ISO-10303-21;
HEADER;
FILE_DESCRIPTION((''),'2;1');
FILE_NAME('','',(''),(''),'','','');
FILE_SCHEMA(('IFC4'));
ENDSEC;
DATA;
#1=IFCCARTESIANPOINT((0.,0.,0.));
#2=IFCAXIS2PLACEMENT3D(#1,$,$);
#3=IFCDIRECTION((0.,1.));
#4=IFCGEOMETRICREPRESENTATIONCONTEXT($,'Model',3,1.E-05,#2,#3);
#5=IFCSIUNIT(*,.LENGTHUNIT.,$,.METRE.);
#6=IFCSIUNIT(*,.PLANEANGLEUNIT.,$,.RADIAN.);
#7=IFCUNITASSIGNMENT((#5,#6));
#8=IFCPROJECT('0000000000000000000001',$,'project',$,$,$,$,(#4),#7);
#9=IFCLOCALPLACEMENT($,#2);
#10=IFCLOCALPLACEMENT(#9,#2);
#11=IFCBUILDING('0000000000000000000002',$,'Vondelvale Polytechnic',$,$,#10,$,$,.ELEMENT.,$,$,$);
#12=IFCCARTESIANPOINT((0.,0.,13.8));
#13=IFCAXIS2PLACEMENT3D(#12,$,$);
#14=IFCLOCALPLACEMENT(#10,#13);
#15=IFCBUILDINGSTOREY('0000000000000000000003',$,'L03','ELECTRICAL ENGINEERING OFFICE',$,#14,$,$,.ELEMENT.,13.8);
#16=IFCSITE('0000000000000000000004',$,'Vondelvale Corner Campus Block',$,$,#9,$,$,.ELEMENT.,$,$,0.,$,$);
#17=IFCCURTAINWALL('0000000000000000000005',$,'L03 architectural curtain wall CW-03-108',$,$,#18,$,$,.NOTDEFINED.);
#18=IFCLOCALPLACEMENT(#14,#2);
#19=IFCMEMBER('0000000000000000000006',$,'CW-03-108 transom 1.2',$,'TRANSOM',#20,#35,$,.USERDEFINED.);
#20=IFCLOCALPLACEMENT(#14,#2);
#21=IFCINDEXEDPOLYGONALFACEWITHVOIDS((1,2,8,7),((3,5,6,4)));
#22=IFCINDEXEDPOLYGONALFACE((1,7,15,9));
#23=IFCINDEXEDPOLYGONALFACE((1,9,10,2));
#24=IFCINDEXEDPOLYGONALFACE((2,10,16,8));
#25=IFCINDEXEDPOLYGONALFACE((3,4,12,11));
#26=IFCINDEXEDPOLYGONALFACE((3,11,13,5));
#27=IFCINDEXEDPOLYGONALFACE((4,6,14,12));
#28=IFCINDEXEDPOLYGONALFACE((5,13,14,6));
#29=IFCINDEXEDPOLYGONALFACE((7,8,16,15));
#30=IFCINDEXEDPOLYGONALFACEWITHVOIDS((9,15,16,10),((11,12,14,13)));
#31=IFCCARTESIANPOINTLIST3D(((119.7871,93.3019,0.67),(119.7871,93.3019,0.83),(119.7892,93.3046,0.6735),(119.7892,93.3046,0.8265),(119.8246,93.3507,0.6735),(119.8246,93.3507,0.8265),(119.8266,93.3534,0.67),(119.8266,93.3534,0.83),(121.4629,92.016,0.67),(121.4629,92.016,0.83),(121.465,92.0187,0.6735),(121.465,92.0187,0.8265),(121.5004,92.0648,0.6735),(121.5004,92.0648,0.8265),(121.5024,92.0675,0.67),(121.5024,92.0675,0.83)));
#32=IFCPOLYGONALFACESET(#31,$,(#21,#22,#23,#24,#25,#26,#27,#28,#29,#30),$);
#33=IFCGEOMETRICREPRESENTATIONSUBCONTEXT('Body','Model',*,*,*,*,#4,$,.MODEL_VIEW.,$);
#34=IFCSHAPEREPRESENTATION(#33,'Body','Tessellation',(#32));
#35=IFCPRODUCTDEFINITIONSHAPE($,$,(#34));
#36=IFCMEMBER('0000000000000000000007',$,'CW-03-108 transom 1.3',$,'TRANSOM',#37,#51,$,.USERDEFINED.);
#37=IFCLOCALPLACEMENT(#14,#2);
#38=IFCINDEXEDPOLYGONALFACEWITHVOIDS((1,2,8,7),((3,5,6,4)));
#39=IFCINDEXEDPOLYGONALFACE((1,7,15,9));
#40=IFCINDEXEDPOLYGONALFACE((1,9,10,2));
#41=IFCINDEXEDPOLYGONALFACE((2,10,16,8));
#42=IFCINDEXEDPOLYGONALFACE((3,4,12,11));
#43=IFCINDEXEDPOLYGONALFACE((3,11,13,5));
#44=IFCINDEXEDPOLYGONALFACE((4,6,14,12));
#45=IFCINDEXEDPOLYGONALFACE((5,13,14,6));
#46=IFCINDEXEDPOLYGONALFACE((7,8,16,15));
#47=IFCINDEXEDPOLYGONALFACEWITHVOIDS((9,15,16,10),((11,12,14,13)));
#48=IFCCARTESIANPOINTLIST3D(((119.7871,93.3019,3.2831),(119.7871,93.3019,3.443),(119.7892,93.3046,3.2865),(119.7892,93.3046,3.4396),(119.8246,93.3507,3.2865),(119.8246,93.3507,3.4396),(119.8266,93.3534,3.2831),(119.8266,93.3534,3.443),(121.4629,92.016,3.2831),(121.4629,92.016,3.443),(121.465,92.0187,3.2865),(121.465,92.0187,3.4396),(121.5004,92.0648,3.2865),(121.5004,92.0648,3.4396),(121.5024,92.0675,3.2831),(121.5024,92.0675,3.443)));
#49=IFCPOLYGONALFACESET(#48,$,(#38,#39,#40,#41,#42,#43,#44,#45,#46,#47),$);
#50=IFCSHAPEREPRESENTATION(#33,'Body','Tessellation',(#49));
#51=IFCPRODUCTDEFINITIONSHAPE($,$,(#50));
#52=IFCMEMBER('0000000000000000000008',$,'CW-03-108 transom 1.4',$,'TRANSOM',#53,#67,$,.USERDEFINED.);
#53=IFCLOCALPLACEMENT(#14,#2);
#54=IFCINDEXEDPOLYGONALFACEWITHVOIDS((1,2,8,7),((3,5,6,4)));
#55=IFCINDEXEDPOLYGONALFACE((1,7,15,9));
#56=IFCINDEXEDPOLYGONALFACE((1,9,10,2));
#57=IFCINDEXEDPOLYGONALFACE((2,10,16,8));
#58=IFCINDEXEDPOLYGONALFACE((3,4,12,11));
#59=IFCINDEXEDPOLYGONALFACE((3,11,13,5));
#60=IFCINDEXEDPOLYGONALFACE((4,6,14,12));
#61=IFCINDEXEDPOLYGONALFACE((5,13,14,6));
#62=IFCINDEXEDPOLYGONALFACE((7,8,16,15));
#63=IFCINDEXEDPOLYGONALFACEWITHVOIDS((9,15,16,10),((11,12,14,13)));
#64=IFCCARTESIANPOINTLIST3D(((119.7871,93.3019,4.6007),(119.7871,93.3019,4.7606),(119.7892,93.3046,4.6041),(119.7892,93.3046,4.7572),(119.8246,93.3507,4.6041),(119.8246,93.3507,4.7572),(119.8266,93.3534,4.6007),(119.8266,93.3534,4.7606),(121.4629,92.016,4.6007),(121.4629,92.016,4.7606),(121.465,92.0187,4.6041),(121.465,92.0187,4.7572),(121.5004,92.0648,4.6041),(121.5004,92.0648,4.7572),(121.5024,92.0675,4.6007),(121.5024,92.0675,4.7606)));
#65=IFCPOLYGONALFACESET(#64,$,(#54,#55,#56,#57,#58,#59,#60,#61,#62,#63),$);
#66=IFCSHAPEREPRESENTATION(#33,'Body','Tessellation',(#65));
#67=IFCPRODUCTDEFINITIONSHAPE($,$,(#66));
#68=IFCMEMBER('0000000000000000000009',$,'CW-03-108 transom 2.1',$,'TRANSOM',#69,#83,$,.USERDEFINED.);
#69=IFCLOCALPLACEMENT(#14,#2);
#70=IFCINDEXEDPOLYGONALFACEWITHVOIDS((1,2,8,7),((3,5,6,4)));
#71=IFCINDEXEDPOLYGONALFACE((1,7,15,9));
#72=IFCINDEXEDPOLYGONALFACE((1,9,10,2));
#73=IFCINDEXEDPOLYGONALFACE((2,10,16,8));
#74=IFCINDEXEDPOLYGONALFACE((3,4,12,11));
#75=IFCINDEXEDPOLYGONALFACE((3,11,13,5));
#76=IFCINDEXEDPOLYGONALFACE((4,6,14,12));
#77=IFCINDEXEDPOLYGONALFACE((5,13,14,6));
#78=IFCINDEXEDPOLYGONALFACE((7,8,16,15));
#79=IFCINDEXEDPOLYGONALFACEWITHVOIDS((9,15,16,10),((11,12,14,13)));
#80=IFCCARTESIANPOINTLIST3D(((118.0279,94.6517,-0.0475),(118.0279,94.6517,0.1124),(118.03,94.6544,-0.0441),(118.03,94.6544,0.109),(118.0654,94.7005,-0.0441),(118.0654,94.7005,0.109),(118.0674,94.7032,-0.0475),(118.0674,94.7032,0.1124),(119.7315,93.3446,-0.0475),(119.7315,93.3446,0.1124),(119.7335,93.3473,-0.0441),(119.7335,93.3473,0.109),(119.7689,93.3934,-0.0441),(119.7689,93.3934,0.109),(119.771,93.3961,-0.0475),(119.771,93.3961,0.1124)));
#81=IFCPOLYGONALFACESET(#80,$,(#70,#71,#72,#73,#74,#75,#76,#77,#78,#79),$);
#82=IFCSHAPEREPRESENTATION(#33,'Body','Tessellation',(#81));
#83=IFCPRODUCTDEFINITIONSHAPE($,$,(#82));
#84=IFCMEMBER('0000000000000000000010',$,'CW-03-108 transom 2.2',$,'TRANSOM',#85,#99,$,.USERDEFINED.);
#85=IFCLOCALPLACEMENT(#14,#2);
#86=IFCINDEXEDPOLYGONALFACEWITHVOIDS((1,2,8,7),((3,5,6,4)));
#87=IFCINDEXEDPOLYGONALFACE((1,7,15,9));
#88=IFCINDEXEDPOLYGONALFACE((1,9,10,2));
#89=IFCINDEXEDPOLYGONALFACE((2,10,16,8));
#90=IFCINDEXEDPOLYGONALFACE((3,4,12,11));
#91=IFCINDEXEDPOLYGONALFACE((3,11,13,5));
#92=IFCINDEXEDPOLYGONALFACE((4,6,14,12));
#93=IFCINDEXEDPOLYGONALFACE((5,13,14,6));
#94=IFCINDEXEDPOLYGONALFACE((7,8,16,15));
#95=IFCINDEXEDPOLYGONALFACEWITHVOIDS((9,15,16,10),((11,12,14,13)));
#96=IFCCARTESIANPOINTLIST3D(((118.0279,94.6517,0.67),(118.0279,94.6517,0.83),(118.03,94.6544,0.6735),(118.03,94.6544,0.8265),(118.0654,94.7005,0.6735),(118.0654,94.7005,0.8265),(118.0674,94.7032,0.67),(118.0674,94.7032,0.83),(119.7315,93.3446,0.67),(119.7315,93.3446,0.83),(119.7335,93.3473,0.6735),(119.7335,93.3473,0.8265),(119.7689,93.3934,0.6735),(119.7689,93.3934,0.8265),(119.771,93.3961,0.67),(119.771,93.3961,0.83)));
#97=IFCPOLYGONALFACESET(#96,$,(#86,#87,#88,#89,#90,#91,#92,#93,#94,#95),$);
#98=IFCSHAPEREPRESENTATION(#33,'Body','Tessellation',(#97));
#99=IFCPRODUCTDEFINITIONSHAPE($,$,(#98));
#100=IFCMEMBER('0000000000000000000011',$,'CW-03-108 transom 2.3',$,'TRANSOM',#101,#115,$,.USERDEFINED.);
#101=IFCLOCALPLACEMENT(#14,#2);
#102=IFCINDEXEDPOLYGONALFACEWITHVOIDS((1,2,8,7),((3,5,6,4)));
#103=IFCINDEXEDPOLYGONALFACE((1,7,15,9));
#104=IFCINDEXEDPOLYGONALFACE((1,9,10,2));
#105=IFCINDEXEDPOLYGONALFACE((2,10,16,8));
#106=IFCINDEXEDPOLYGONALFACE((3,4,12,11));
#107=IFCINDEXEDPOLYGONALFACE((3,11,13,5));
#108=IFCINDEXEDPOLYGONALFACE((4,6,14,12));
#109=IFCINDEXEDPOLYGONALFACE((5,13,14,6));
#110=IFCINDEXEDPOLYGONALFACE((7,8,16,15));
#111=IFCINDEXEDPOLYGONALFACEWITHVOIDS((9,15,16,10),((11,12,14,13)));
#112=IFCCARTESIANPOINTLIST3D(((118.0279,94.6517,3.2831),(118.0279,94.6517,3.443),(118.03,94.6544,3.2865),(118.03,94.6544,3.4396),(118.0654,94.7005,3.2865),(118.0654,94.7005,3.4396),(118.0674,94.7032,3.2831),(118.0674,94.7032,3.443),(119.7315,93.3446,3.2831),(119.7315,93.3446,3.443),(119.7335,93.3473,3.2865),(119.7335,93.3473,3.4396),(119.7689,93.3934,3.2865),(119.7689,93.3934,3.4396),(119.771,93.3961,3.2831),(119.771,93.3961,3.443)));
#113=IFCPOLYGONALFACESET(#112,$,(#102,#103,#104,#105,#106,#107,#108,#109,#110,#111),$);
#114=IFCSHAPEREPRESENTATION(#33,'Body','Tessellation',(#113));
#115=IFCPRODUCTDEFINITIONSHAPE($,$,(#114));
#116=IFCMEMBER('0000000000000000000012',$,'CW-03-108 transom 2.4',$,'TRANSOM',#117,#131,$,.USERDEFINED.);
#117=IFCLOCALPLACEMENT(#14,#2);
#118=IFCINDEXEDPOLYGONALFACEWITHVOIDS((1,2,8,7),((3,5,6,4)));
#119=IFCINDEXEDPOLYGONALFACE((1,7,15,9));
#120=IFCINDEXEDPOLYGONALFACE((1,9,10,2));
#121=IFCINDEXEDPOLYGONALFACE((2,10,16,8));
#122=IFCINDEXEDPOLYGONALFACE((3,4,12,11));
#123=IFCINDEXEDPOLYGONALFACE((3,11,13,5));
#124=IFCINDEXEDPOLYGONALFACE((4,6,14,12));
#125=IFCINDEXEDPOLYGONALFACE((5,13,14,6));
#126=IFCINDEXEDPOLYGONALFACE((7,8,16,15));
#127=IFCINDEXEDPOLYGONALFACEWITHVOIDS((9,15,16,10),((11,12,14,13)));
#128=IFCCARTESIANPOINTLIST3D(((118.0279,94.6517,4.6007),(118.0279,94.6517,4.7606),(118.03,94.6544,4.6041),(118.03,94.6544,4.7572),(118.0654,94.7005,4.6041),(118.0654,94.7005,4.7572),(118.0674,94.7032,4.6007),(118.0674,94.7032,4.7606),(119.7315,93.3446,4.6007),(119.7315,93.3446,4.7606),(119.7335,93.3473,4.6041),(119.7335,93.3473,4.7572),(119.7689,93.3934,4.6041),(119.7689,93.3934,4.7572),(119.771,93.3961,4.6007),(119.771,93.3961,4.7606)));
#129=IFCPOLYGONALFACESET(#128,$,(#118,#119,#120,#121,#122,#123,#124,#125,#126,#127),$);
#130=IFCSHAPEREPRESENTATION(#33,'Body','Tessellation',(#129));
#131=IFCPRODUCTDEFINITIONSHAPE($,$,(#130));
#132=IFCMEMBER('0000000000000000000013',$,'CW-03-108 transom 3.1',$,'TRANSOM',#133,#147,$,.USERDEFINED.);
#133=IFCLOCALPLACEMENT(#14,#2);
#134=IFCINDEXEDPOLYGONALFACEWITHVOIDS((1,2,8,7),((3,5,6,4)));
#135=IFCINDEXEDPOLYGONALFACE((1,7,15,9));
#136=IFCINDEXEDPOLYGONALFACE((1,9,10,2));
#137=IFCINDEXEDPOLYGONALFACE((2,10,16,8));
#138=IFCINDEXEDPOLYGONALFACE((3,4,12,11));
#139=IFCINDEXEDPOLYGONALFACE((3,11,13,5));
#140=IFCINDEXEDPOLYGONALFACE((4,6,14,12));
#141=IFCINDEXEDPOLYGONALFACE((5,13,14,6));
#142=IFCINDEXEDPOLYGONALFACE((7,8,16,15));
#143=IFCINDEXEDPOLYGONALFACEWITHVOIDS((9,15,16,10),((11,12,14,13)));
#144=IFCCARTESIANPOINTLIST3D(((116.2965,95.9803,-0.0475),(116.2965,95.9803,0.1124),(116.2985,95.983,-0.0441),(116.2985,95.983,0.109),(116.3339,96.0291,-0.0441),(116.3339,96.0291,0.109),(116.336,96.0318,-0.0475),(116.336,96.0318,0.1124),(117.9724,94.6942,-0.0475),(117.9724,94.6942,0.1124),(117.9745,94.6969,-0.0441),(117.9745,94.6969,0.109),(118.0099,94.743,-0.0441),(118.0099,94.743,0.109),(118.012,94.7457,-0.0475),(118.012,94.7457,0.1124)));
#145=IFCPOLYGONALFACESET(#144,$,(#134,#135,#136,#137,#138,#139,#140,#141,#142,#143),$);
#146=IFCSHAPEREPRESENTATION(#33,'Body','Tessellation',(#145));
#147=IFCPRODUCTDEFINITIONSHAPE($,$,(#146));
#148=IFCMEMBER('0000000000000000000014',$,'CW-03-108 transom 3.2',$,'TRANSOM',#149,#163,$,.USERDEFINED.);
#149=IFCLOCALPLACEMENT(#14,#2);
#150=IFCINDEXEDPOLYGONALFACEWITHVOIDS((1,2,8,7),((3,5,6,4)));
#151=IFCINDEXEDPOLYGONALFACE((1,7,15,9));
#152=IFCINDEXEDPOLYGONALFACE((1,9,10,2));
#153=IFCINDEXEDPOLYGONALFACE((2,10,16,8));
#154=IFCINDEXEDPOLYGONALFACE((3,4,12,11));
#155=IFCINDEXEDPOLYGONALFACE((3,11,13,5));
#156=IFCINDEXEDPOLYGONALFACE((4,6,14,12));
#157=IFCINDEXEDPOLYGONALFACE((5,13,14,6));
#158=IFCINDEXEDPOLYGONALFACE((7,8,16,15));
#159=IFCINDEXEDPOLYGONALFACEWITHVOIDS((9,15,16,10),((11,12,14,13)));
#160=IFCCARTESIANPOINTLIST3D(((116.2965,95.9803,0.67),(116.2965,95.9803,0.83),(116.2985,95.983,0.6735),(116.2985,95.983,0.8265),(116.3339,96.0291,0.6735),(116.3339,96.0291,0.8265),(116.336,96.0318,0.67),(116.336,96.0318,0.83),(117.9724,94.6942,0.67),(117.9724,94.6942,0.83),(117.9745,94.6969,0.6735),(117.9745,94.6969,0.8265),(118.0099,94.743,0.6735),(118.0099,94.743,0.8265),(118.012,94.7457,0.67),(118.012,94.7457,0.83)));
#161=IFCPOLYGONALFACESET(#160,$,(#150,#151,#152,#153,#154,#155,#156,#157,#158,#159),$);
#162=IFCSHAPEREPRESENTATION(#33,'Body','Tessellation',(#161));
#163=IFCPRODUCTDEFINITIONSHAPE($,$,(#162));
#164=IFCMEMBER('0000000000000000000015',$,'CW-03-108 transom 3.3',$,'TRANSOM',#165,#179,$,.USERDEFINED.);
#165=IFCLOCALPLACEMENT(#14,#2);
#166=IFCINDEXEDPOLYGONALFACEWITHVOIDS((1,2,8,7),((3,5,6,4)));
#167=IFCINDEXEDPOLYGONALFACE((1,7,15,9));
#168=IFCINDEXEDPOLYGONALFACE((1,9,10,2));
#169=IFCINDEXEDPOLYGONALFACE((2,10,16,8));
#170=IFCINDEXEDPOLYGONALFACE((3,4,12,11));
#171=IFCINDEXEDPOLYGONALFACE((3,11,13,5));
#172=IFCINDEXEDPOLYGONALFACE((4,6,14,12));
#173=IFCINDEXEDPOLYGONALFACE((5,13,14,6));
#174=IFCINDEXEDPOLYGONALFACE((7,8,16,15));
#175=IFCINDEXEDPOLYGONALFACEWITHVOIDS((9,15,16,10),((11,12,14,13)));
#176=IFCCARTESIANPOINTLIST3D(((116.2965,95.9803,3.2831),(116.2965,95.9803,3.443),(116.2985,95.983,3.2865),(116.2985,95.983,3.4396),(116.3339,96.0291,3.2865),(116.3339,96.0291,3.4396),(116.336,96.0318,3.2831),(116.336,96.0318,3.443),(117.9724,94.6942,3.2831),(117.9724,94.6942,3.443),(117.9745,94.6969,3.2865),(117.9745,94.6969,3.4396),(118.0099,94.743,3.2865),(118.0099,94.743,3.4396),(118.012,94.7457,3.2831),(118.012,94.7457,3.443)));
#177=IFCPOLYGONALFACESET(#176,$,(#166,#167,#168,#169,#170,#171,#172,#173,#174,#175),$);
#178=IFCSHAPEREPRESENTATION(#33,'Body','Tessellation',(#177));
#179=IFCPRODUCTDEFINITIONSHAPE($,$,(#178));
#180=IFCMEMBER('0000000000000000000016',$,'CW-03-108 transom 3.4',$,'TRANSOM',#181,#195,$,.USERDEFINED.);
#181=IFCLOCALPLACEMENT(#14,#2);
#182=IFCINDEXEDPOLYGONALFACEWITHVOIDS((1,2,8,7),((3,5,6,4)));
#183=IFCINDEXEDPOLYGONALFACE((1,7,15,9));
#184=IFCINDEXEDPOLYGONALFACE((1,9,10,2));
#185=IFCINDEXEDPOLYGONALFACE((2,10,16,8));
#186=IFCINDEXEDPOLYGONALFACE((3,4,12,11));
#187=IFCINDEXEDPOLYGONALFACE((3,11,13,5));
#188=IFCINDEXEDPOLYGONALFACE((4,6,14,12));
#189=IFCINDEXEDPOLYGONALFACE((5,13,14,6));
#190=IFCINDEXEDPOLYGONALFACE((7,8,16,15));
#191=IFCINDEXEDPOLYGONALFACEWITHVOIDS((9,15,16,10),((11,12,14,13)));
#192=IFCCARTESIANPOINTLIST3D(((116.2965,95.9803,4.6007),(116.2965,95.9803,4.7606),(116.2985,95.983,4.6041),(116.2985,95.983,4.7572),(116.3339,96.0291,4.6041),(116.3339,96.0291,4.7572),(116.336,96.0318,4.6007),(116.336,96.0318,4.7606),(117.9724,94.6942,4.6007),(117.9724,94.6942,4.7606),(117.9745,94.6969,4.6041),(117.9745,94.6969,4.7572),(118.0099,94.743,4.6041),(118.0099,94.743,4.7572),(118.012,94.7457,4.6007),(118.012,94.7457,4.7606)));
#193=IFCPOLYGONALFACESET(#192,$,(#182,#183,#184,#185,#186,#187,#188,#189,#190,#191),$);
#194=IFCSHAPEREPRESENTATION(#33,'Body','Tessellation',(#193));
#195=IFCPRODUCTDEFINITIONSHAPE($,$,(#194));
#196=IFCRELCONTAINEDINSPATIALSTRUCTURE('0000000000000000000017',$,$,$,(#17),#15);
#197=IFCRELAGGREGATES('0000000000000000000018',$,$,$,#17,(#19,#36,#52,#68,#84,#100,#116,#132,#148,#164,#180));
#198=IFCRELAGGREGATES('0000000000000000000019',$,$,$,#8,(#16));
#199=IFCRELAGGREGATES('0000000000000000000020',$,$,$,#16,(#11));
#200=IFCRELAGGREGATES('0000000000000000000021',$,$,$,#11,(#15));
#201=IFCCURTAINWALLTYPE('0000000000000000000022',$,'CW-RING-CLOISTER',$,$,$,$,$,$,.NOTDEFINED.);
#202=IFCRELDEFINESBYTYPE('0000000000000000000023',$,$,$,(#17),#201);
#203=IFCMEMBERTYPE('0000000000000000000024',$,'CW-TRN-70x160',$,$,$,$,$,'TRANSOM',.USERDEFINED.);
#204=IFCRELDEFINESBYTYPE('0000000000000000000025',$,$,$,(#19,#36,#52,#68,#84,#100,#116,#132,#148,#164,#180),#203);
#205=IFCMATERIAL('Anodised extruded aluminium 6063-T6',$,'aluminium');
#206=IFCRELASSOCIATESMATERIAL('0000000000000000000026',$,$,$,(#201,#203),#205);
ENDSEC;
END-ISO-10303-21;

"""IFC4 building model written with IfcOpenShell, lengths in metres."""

from ifc_helpers import new_model, si_unit, direction, frame, origin, origin_2d, place, context, subcontext, project, spatial, hollow_rectangle, extrude, material, material_profile, profile_set, type_object, element, aggregate, save


model = new_model("IFC4")

# Units and contexts
model_context = context("Model", 3, precision=1e-05, world=origin(), true_north=direction((0.0, 1.0)))
body_context = subcontext(model_context, "Body", "Model", "MODEL_VIEW")
ifc_project = project(units=[si_unit("LENGTHUNIT", "METRE"), si_unit("PLANEANGLEUNIT", "RADIAN")], contexts=[model_context])

# Site, building, storey
site_placement = place(None, origin())
site = spatial("IfcSite", under=ifc_project, at=site_placement, Name="Vondelvale Corner Campus Block", CompositionType="ELEMENT", RefElevation=0.0)
building_placement = place(site_placement, origin())
building = spatial("IfcBuilding", under=site, at=building_placement, Name="Vondelvale Polytechnic", CompositionType="ELEMENT")
storey_placement = place(building_placement, frame((0.0, 0.0, 13.8)))
storey = spatial("IfcBuildingStorey", under=building, at=storey_placement, Name="L03", Description="ELECTRICAL ENGINEERING OFFICE", CompositionType="ELEMENT", Elevation=13.8)

# Curtain wall, members
ifc_material_1 = material(Name="Anodised extruded aluminium 6063-T6", Category="aluminium")
curtain_wall_type = type_object("IfcCurtainWallType", Name="CW-RING-CLOISTER", PredefinedType="NOTDEFINED", material=ifc_material_1)
curtain_wall_placement = place(storey_placement, origin())
curtain_wall = element("IfcCurtainWall", 1, at=curtain_wall_placement, inside=storey, type_object=curtain_wall_type, Name="L03 architectural curtain wall CW-03-108", PredefinedType="NOTDEFINED")
ifc_material_profile_1 = material_profile(ifc_material_1, hollow_rectangle(XDim=0.0649, YDim=0.1599, WallThickness=0.0034, at=origin_2d()), Name="CW-TRN-160x65")
ifc_profile_set_1 = profile_set([ifc_material_profile_1], Name="Anodised extruded aluminium 6063-T6")
member_type_1 = type_object("IfcMemberType", Name="CW-TRN-70x160", ElementType="TRANSOM", PredefinedType="USERDEFINED", material=ifc_profile_set_1)
member_1_placement = place(storey_placement, frame((121.4827, 92.0417, 0.75), z_axis=(-0.79335, 0.608766, 0.0), x_axis=(-0.608766, -0.79335, 0.0)))
member_1 = element("IfcMember", 2, at=member_1_placement, type_object=member_type_1, Name="CW-03-108 transom 1.2", ObjectType="TRANSOM", PredefinedType="USERDEFINED", context=body_context, shape_type="SweptSolid", body=[
    extrude(hollow_rectangle(XDim=0.0649, YDim=0.1599, WallThickness=0.0034, at=origin_2d()), origin(), (0.0, 0.0, 1.0), 2.1123),
])
member_2_placement = place(storey_placement, frame((121.4827, 92.0417, 3.363), z_axis=(-0.79335, 0.608766, 0.0), x_axis=(-0.608766, -0.79335, 0.0)))
member_2 = element("IfcMember", 3, at=member_2_placement, type_object=member_type_1, Name="CW-03-108 transom 1.3", ObjectType="TRANSOM", PredefinedType="USERDEFINED", context=body_context, shape_type="SweptSolid", body=[
    extrude(hollow_rectangle(XDim=0.0649, YDim=0.1599, WallThickness=0.0034, at=origin_2d()), origin(), (0.0, 0.0, 1.0), 2.1123),
])
member_3_placement = place(storey_placement, frame((121.4827, 92.0417, 4.6807), z_axis=(-0.79335, 0.608766, 0.0), x_axis=(-0.608766, -0.79335, 0.0)))
member_3 = element("IfcMember", 4, at=member_3_placement, type_object=member_type_1, Name="CW-03-108 transom 1.4", ObjectType="TRANSOM", PredefinedType="USERDEFINED", context=body_context, shape_type="SweptSolid", body=[
    extrude(hollow_rectangle(XDim=0.0649, YDim=0.1599, WallThickness=0.0034, at=origin_2d()), origin(), (0.0, 0.0, 1.0), 2.1123),
])
member_4_placement = place(storey_placement, frame((119.7512, 93.3704, 0.0325), z_axis=(-0.793376, 0.608732, 0.0), x_axis=(-0.608732, -0.793376, 0.0)))
member_4 = element("IfcMember", 5, at=member_4_placement, type_object=member_type_1, Name="CW-03-108 transom 2.1", ObjectType="TRANSOM", PredefinedType="USERDEFINED", context=body_context, shape_type="SweptSolid", body=[
    extrude(hollow_rectangle(XDim=0.0649, YDim=0.1599, WallThickness=0.0034, at=origin_2d()), origin(), (0.0, 0.0, 1.0), 2.1472),
])
member_5_placement = place(storey_placement, frame((119.7512, 93.3704, 0.75), z_axis=(-0.793376, 0.608732, 0.0), x_axis=(-0.608732, -0.793376, 0.0)))
member_5 = element("IfcMember", 6, at=member_5_placement, type_object=member_type_1, Name="CW-03-108 transom 2.2", ObjectType="TRANSOM", PredefinedType="USERDEFINED", context=body_context, shape_type="SweptSolid", body=[
    extrude(hollow_rectangle(XDim=0.0649, YDim=0.1599, WallThickness=0.0034, at=origin_2d()), origin(), (0.0, 0.0, 1.0), 2.1472),
])
member_6_placement = place(storey_placement, frame((119.7512, 93.3704, 3.363), z_axis=(-0.793376, 0.608732, 0.0), x_axis=(-0.608732, -0.793376, 0.0)))
member_6 = element("IfcMember", 7, at=member_6_placement, type_object=member_type_1, Name="CW-03-108 transom 2.3", ObjectType="TRANSOM", PredefinedType="USERDEFINED", context=body_context, shape_type="SweptSolid", body=[
    extrude(hollow_rectangle(XDim=0.0649, YDim=0.1599, WallThickness=0.0034, at=origin_2d()), origin(), (0.0, 0.0, 1.0), 2.1472),
])
member_7_placement = place(storey_placement, frame((119.7512, 93.3704, 4.6807), z_axis=(-0.793376, 0.608732, 0.0), x_axis=(-0.608732, -0.793376, 0.0)))
member_7 = element("IfcMember", 8, at=member_7_placement, type_object=member_type_1, Name="CW-03-108 transom 2.4", ObjectType="TRANSOM", PredefinedType="USERDEFINED", context=body_context, shape_type="SweptSolid", body=[
    extrude(hollow_rectangle(XDim=0.0649, YDim=0.1599, WallThickness=0.0034, at=origin_2d()), origin(), (0.0, 0.0, 1.0), 2.1472),
])
member_8_placement = place(storey_placement, frame((117.9922, 94.72, 0.0325), z_axis=(-0.793337, 0.608783, 0.0), x_axis=(-0.608783, -0.793337, 0.0)))
member_8 = element("IfcMember", 9, at=member_8_placement, type_object=member_type_1, Name="CW-03-108 transom 3.1", ObjectType="TRANSOM", PredefinedType="USERDEFINED", context=body_context, shape_type="SweptSolid", body=[
    extrude(hollow_rectangle(XDim=0.0649, YDim=0.1599, WallThickness=0.0034, at=origin_2d()), origin(), (0.0, 0.0, 1.0), 2.1125),
])
member_9_placement = place(storey_placement, frame((117.9922, 94.72, 0.75), z_axis=(-0.793337, 0.608783, 0.0), x_axis=(-0.608783, -0.793337, 0.0)))
member_9 = element("IfcMember", 10, at=member_9_placement, type_object=member_type_1, Name="CW-03-108 transom 3.2", ObjectType="TRANSOM", PredefinedType="USERDEFINED", context=body_context, shape_type="SweptSolid", body=[
    extrude(hollow_rectangle(XDim=0.0649, YDim=0.1599, WallThickness=0.0034, at=origin_2d()), origin(), (0.0, 0.0, 1.0), 2.1125),
])
member_10_placement = place(storey_placement, frame((117.9922, 94.72, 3.363), z_axis=(-0.793337, 0.608783, 0.0), x_axis=(-0.608783, -0.793337, 0.0)))
member_10 = element("IfcMember", 11, at=member_10_placement, type_object=member_type_1, Name="CW-03-108 transom 3.3", ObjectType="TRANSOM", PredefinedType="USERDEFINED", context=body_context, shape_type="SweptSolid", body=[
    extrude(hollow_rectangle(XDim=0.0649, YDim=0.1599, WallThickness=0.0034, at=origin_2d()), origin(), (0.0, 0.0, 1.0), 2.1125),
])
member_11_placement = place(storey_placement, frame((117.9922, 94.72, 4.6807), z_axis=(-0.793337, 0.608783, 0.0), x_axis=(-0.608783, -0.793337, 0.0)))
member_11 = element("IfcMember", 12, at=member_11_placement, type_object=member_type_1, Name="CW-03-108 transom 3.4", ObjectType="TRANSOM", PredefinedType="USERDEFINED", context=body_context, shape_type="SweptSolid", body=[
    extrude(hollow_rectangle(XDim=0.0649, YDim=0.1599, WallThickness=0.0034, at=origin_2d()), origin(), (0.0, 0.0, 1.0), 2.1125),
])

aggregate(curtain_wall, [member_1, member_2, member_3, member_4, member_5, member_6, member_7, member_8, member_9, member_10, member_11])

save(model, "model.ifc")
